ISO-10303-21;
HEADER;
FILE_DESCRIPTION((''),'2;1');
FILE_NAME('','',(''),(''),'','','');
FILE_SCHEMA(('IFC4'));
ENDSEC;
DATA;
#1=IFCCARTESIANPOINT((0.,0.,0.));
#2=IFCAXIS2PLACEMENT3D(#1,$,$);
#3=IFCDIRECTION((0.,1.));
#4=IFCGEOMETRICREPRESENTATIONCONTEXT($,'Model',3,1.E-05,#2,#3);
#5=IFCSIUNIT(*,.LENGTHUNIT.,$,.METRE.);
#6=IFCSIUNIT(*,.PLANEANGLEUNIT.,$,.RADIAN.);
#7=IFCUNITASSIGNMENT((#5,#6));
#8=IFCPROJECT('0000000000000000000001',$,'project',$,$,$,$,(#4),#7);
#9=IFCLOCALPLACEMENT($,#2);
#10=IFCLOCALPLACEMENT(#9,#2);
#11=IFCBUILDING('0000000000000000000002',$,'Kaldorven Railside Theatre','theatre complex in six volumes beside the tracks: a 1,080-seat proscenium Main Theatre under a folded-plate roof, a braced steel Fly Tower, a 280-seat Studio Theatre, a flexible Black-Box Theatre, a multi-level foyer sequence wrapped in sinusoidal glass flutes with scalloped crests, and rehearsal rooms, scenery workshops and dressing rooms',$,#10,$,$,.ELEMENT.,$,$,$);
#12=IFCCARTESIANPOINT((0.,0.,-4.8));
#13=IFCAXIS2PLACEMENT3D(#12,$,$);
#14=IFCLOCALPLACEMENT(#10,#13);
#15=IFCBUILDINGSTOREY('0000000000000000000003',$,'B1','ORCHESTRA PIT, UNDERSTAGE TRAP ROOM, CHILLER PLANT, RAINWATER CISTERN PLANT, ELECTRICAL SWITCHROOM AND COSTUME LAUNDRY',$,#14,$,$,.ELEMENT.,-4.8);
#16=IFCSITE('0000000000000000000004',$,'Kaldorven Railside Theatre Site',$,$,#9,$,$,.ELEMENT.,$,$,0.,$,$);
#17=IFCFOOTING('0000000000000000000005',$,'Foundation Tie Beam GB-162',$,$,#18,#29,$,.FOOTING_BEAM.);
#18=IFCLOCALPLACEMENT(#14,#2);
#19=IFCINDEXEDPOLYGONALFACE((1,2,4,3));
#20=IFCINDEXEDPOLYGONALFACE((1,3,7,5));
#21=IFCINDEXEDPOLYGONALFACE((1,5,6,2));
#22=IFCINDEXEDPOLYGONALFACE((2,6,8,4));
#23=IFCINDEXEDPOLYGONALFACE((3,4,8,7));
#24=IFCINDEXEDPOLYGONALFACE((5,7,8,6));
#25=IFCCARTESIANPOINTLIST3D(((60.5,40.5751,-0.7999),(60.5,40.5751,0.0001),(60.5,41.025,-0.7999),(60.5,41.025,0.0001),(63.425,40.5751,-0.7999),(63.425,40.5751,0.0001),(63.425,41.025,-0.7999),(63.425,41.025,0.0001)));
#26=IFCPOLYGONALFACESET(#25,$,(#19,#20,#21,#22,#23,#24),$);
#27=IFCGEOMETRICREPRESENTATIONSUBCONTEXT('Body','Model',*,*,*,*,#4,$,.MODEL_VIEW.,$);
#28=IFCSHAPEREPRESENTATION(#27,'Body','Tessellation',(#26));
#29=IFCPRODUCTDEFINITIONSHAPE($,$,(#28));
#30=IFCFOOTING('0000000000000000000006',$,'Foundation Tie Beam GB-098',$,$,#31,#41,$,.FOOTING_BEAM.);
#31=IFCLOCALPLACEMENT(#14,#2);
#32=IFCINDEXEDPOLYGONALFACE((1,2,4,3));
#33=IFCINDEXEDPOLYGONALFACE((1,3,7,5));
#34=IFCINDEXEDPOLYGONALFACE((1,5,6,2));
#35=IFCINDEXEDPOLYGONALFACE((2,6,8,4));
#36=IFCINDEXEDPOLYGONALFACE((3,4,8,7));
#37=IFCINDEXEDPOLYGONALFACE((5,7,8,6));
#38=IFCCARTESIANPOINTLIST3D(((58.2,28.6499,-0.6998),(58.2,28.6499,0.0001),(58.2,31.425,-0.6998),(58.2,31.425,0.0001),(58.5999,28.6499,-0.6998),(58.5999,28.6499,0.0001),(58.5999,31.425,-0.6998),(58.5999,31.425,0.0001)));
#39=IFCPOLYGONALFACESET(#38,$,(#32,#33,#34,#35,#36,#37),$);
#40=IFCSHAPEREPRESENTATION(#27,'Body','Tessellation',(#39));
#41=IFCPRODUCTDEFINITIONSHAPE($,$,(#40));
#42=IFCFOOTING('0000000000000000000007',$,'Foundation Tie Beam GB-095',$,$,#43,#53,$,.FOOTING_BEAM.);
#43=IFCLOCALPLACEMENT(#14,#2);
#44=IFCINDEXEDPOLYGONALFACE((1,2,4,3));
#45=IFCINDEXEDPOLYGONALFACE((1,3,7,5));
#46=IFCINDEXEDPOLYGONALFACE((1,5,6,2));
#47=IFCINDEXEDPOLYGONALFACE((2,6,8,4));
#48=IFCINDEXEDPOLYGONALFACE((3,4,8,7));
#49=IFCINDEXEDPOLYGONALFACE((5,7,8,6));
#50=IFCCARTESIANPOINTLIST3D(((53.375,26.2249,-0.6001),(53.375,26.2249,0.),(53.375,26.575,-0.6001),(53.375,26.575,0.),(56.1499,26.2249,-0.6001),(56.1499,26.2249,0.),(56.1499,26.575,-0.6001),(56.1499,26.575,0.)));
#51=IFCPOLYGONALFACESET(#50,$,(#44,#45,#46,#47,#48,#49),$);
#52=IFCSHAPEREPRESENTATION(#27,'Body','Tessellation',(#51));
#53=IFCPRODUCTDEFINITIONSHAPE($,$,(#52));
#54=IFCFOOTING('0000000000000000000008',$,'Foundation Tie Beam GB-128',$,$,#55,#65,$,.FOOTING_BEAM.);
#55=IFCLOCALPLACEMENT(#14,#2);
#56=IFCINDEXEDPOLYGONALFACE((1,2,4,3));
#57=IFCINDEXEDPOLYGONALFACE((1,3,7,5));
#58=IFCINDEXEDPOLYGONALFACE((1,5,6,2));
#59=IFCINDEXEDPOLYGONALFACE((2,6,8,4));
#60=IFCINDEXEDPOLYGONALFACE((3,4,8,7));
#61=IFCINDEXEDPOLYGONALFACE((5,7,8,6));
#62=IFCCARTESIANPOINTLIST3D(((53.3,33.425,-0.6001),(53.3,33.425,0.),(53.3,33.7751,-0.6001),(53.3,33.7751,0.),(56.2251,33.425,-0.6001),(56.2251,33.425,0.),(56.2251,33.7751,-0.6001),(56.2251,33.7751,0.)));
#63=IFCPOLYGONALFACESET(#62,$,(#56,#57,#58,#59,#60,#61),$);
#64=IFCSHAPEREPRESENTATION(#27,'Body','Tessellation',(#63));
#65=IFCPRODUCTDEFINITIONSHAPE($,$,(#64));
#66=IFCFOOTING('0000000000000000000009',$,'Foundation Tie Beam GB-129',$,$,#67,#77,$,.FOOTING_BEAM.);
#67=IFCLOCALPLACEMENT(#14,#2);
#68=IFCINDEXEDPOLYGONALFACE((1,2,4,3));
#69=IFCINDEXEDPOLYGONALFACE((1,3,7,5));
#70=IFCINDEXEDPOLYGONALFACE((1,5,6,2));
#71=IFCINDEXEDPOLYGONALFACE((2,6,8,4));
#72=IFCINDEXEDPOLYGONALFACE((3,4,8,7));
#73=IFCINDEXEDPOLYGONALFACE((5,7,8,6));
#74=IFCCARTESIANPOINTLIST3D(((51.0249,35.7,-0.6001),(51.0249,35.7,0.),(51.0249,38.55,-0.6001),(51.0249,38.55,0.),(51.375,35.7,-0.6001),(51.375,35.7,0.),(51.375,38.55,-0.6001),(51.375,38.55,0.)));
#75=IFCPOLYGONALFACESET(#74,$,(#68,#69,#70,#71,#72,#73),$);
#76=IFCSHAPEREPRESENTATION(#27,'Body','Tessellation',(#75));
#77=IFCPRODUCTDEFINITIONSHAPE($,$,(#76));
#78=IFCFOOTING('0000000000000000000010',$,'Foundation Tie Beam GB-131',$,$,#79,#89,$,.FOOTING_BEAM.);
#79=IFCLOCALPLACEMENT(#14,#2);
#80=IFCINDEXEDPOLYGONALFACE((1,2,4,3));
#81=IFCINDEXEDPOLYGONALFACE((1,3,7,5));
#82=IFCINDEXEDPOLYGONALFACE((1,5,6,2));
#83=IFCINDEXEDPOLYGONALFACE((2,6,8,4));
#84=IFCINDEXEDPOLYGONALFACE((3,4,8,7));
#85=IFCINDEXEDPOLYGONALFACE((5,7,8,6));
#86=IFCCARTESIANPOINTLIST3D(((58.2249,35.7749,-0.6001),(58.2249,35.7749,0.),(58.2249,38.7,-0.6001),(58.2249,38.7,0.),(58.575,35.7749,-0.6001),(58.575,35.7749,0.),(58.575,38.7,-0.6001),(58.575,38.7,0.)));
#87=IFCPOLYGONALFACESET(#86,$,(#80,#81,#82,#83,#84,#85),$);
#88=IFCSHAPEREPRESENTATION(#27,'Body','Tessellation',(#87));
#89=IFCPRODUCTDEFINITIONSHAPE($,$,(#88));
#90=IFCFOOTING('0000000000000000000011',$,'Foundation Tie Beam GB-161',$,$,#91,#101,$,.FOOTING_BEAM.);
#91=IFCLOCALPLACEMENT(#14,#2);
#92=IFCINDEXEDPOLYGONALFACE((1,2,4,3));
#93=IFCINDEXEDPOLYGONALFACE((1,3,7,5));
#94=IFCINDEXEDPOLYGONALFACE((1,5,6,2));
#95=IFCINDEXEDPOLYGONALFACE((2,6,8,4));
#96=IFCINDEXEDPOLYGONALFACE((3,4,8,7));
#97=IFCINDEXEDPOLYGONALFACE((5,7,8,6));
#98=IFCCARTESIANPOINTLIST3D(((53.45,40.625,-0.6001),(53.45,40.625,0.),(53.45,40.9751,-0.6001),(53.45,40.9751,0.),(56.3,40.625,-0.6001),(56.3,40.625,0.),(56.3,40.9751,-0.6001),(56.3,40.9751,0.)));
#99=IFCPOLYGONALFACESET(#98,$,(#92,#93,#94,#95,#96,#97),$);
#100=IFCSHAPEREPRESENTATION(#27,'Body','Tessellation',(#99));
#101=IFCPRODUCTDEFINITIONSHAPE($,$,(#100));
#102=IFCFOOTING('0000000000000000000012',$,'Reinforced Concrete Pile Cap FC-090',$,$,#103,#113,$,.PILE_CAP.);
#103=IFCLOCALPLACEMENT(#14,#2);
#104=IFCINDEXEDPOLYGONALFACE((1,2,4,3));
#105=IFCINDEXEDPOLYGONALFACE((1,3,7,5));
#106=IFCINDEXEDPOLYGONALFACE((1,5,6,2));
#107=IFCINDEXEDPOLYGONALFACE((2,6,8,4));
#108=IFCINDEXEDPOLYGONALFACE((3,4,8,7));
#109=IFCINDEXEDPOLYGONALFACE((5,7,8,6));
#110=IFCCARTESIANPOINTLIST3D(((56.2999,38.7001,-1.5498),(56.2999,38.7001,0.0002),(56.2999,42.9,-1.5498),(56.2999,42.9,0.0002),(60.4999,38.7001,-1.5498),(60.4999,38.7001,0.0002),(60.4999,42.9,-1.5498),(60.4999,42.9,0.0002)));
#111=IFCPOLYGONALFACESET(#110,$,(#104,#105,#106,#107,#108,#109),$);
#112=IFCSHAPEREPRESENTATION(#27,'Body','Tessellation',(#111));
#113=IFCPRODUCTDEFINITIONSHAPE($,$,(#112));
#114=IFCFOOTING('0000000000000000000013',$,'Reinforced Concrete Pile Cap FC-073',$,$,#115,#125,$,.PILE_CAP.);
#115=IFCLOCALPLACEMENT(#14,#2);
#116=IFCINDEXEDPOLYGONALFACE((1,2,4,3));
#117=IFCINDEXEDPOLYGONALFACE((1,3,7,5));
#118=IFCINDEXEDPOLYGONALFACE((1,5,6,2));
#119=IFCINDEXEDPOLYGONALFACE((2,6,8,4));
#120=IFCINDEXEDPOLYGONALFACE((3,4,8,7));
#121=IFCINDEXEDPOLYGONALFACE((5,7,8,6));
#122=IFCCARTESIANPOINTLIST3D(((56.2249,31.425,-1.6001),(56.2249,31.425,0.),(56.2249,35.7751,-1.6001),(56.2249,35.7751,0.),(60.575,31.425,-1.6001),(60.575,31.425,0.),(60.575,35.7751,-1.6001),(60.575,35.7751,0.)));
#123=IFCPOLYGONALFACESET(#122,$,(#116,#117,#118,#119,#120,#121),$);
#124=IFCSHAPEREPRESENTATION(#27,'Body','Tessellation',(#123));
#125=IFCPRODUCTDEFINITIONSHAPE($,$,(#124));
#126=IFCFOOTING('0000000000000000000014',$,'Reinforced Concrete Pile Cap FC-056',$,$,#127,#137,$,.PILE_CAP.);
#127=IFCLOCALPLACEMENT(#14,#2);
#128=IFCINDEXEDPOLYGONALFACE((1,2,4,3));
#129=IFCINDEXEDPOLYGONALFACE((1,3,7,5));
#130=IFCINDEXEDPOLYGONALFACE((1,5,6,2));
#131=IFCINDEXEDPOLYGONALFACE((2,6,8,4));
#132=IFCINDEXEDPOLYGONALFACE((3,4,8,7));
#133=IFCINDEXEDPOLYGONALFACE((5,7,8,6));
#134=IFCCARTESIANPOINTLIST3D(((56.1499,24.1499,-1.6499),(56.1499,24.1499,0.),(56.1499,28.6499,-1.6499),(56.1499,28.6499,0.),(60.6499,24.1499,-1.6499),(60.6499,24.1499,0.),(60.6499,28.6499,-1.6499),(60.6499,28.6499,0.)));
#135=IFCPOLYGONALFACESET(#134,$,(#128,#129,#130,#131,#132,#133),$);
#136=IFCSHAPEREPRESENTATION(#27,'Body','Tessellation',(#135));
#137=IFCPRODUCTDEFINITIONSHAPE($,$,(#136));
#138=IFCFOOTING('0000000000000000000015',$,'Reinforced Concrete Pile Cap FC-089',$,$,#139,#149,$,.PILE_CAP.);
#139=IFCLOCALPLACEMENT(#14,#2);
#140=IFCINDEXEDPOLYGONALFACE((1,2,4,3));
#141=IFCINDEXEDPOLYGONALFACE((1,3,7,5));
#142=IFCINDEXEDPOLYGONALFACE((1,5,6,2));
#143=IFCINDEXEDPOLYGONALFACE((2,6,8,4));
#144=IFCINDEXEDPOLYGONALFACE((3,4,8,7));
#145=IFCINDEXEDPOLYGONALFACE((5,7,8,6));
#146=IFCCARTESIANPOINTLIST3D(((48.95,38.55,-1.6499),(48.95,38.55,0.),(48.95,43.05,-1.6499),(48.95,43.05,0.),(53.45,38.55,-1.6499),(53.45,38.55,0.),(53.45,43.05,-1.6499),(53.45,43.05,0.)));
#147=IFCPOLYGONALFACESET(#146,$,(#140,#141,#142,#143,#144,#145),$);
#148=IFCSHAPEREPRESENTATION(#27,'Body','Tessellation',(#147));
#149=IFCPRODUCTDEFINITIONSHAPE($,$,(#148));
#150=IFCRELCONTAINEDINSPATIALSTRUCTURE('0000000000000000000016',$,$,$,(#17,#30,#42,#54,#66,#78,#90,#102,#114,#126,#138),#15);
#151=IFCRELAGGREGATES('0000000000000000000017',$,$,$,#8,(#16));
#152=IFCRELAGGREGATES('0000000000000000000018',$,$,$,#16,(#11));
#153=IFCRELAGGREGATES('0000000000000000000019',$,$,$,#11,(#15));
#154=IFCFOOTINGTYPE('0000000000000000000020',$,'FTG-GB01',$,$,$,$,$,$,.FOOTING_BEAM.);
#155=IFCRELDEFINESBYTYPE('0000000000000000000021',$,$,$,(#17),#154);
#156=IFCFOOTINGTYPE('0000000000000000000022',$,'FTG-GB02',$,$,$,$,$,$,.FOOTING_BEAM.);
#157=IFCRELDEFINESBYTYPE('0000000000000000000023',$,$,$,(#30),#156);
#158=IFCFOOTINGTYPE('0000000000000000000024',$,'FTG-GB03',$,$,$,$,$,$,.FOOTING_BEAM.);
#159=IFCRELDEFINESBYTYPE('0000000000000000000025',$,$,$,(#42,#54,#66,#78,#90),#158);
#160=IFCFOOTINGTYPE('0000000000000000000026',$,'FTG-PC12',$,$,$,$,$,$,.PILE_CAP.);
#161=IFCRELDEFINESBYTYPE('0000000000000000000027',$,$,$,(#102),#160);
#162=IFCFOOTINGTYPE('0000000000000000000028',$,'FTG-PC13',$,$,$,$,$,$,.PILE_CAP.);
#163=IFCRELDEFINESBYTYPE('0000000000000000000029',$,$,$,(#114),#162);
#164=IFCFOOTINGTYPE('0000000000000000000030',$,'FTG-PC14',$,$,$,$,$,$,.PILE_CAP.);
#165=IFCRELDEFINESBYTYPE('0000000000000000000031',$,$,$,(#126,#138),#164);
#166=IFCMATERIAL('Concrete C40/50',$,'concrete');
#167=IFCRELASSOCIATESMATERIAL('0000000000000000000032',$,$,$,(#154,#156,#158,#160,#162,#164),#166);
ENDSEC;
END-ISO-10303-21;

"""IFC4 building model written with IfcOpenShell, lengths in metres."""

from ifc_helpers import new_model, si_unit, direction, frame, origin, origin_2d, place, context, subcontext, project, spatial, rectangle, extrude, material, material_profile, profile_set, type_object, element, save


model = new_model("IFC4")

# Units and contexts
model_context = context("Model", 3, precision=1e-05, world=origin(), true_north=direction((0.0, 1.0)))
body_context = subcontext(model_context, "Body", "Model", "MODEL_VIEW")
ifc_project = project(units=[si_unit("LENGTHUNIT", "METRE"), si_unit("PLANEANGLEUNIT", "RADIAN")], contexts=[model_context])

# Site, building, storey
site_placement = place(None, origin())
site = spatial("IfcSite", under=ifc_project, at=site_placement, Name="Kaldorven Railside Theatre Site", CompositionType="ELEMENT", RefElevation=0.0)
building_placement = place(site_placement, origin())
building = spatial("IfcBuilding", under=site, at=building_placement, Name="Kaldorven Railside Theatre", Description="theatre complex in six volumes beside the tracks: a 1,080-seat proscenium Main Theatre under a folded-plate roof, a braced steel Fly Tower, a 280-seat Studio Theatre, a flexible Black-Box Theatre, a multi-level foyer sequence wrapped in sinusoidal glass flutes with scalloped crests, and rehearsal rooms, scenery workshops and dressing rooms", CompositionType="ELEMENT")
storey_placement = place(building_placement, frame((0.0, 0.0, -4.8)))
storey = spatial("IfcBuildingStorey", under=building, at=storey_placement, Name="B1", Description="ORCHESTRA PIT, UNDERSTAGE TRAP ROOM, CHILLER PLANT, RAINWATER CISTERN PLANT, ELECTRICAL SWITCHROOM AND COSTUME LAUNDRY", CompositionType="ELEMENT", Elevation=-4.8)

# Footings
ifc_material_1 = material(Name="Concrete C40/50", Category="concrete")
ifc_material_profile_1 = material_profile(ifc_material_1, rectangle(XDim=0.45, YDim=0.8, at=origin_2d()), Name="RC 450x800")
ifc_profile_set_1 = profile_set([ifc_material_profile_1], Name="Concrete C40/50")
footing_type_1 = type_object("IfcFootingType", Name="FTG-GB01", PredefinedType="FOOTING_BEAM", material=ifc_profile_set_1)
footing_1_placement = place(storey_placement, frame((60.5, 40.8, -0.3999), z_axis=(1.0, 0.0, 0.0), x_axis=(0.0, 1.0, 0.0)))
element("IfcFooting", 1, at=footing_1_placement, inside=storey, type_object=footing_type_1, Name="Foundation Tie Beam GB-162", PredefinedType="FOOTING_BEAM", context=body_context, shape_type="SweptSolid", body=[
    extrude(rectangle(XDim=0.45, YDim=0.8, at=origin_2d()), origin(), (0.0, 0.0, 1.0), 2.925),
])
ifc_material_profile_2 = material_profile(ifc_material_1, rectangle(XDim=0.3999, YDim=0.7, at=origin_2d()), Name="RC 400x700")
ifc_profile_set_2 = profile_set([ifc_material_profile_2], Name="Concrete C40/50")
footing_type_2 = type_object("IfcFootingType", Name="FTG-GB02", PredefinedType="FOOTING_BEAM", material=ifc_profile_set_2)
footing_2_placement = place(storey_placement, frame((58.3999, 28.6499, -0.3499), z_axis=(0.0, 1.0, 0.0), x_axis=(-1.0, 0.0, 0.0)))
element("IfcFooting", 2, at=footing_2_placement, inside=storey, type_object=footing_type_2, Name="Foundation Tie Beam GB-098", PredefinedType="FOOTING_BEAM", context=body_context, shape_type="SweptSolid", body=[
    extrude(rectangle(XDim=0.3999, YDim=0.7, at=origin_2d()), origin(), (0.0, 0.0, 1.0), 2.7751),
])
ifc_material_profile_3 = material_profile(ifc_material_1, rectangle(XDim=0.3501, YDim=0.6001, at=origin_2d()), Name="RC 350x600")
ifc_profile_set_3 = profile_set([ifc_material_profile_3], Name="Concrete C40/50")
footing_type_3 = type_object("IfcFootingType", Name="FTG-GB03", PredefinedType="FOOTING_BEAM", material=ifc_profile_set_3)
footing_3_placement = place(storey_placement, frame((53.375, 26.3999, -0.3), z_axis=(1.0, 0.0, 0.0), x_axis=(0.0, 1.0, 0.0)))
element("IfcFooting", 3, at=footing_3_placement, inside=storey, type_object=footing_type_3, Name="Foundation Tie Beam GB-095", PredefinedType="FOOTING_BEAM", context=body_context, shape_type="SweptSolid", body=[
    extrude(rectangle(XDim=0.3501, YDim=0.6001, at=origin_2d()), origin(), (0.0, 0.0, 1.0), 2.7749),
])
footing_4_placement = place(storey_placement, frame((53.3, 33.6001, -0.3), z_axis=(1.0, 0.0, 0.0), x_axis=(0.0, 1.0, 0.0)))
element("IfcFooting", 4, at=footing_4_placement, inside=storey, type_object=footing_type_3, Name="Foundation Tie Beam GB-128", PredefinedType="FOOTING_BEAM", context=body_context, shape_type="SweptSolid", body=[
    extrude(rectangle(XDim=0.3501, YDim=0.6001, at=origin_2d()), origin(), (0.0, 0.0, 1.0), 2.925),
])
footing_5_placement = place(storey_placement, frame((51.2, 35.7, -0.3), z_axis=(0.0, 1.0, 0.0), x_axis=(-1.0, 0.0, 0.0)))
element("IfcFooting", 5, at=footing_5_placement, inside=storey, type_object=footing_type_3, Name="Foundation Tie Beam GB-129", PredefinedType="FOOTING_BEAM", context=body_context, shape_type="SweptSolid", body=[
    extrude(rectangle(XDim=0.3501, YDim=0.6001, at=origin_2d()), origin(), (0.0, 0.0, 1.0), 2.8501),
])
footing_6_placement = place(storey_placement, frame((58.3999, 35.7749, -0.3), z_axis=(0.0, 1.0, 0.0), x_axis=(-1.0, 0.0, 0.0)))
element("IfcFooting", 6, at=footing_6_placement, inside=storey, type_object=footing_type_3, Name="Foundation Tie Beam GB-131", PredefinedType="FOOTING_BEAM", context=body_context, shape_type="SweptSolid", body=[
    extrude(rectangle(XDim=0.3501, YDim=0.6001, at=origin_2d()), origin(), (0.0, 0.0, 1.0), 2.925),
])
footing_7_placement = place(storey_placement, frame((53.45, 40.8, -0.3), z_axis=(1.0, 0.0, 0.0), x_axis=(0.0, 1.0, 0.0)))
element("IfcFooting", 7, at=footing_7_placement, inside=storey, type_object=footing_type_3, Name="Foundation Tie Beam GB-161", PredefinedType="FOOTING_BEAM", context=body_context, shape_type="SweptSolid", body=[
    extrude(rectangle(XDim=0.3501, YDim=0.6001, at=origin_2d()), origin(), (0.0, 0.0, 1.0), 2.8501),
])
footing_type_4 = type_object("IfcFootingType", Name="FTG-PC12", PredefinedType="PILE_CAP", material=ifc_material_1)
footing_8_placement = place(storey_placement, frame((58.3999, 40.8, -1.5498), z_axis=(0.0, 0.0, 1.0), x_axis=(1.0, 0.0, 0.0)))
element("IfcFooting", 8, at=footing_8_placement, inside=storey, type_object=footing_type_4, Name="Reinforced Concrete Pile Cap FC-090", PredefinedType="PILE_CAP", context=body_context, shape_type="SweptSolid", body=[
    extrude(rectangle(XDim=4.2, YDim=4.2, at=origin_2d()), origin(), (0.0, 0.0, 1.0), 1.55),
])
footing_type_5 = type_object("IfcFootingType", Name="FTG-PC13", PredefinedType="PILE_CAP", material=ifc_material_1)
footing_9_placement = place(storey_placement, frame((58.3999, 33.6001, -1.6001), z_axis=(0.0, 0.0, 1.0), x_axis=(1.0, 0.0, 0.0)))
element("IfcFooting", 9, at=footing_9_placement, inside=storey, type_object=footing_type_5, Name="Reinforced Concrete Pile Cap FC-073", PredefinedType="PILE_CAP", context=body_context, shape_type="SweptSolid", body=[
    extrude(rectangle(XDim=4.3501, YDim=4.3501, at=origin_2d()), origin(), (0.0, 0.0, 1.0), 1.6001),
])
footing_type_6 = type_object("IfcFootingType", Name="FTG-PC14", PredefinedType="PILE_CAP", material=ifc_material_1)
for number, where, z_axis, x_axis, name in (
    (10, (58.3999, 26.3999, -1.6499), (0.0, 0.0, 1.0), (1.0, 0.0, 0.0), "Reinforced Concrete Pile Cap FC-056"),
    (11, (51.2, 40.8, -1.6499), (0.0, 0.0, 1.0), (1.0, 0.0, 0.0), "Reinforced Concrete Pile Cap FC-089"),
):
    element("IfcFooting", number, at=place(storey_placement, frame(where, z_axis=z_axis, x_axis=x_axis)), inside=storey, type_object=footing_type_6, Name=name, PredefinedType="PILE_CAP", context=body_context, shape_type="SweptSolid", body=[
        extrude(rectangle(XDim=4.5, YDim=4.5, at=origin_2d()), origin(), (0.0, 0.0, 1.0), 1.6499),
    ])

save(model, "model.ifc")
